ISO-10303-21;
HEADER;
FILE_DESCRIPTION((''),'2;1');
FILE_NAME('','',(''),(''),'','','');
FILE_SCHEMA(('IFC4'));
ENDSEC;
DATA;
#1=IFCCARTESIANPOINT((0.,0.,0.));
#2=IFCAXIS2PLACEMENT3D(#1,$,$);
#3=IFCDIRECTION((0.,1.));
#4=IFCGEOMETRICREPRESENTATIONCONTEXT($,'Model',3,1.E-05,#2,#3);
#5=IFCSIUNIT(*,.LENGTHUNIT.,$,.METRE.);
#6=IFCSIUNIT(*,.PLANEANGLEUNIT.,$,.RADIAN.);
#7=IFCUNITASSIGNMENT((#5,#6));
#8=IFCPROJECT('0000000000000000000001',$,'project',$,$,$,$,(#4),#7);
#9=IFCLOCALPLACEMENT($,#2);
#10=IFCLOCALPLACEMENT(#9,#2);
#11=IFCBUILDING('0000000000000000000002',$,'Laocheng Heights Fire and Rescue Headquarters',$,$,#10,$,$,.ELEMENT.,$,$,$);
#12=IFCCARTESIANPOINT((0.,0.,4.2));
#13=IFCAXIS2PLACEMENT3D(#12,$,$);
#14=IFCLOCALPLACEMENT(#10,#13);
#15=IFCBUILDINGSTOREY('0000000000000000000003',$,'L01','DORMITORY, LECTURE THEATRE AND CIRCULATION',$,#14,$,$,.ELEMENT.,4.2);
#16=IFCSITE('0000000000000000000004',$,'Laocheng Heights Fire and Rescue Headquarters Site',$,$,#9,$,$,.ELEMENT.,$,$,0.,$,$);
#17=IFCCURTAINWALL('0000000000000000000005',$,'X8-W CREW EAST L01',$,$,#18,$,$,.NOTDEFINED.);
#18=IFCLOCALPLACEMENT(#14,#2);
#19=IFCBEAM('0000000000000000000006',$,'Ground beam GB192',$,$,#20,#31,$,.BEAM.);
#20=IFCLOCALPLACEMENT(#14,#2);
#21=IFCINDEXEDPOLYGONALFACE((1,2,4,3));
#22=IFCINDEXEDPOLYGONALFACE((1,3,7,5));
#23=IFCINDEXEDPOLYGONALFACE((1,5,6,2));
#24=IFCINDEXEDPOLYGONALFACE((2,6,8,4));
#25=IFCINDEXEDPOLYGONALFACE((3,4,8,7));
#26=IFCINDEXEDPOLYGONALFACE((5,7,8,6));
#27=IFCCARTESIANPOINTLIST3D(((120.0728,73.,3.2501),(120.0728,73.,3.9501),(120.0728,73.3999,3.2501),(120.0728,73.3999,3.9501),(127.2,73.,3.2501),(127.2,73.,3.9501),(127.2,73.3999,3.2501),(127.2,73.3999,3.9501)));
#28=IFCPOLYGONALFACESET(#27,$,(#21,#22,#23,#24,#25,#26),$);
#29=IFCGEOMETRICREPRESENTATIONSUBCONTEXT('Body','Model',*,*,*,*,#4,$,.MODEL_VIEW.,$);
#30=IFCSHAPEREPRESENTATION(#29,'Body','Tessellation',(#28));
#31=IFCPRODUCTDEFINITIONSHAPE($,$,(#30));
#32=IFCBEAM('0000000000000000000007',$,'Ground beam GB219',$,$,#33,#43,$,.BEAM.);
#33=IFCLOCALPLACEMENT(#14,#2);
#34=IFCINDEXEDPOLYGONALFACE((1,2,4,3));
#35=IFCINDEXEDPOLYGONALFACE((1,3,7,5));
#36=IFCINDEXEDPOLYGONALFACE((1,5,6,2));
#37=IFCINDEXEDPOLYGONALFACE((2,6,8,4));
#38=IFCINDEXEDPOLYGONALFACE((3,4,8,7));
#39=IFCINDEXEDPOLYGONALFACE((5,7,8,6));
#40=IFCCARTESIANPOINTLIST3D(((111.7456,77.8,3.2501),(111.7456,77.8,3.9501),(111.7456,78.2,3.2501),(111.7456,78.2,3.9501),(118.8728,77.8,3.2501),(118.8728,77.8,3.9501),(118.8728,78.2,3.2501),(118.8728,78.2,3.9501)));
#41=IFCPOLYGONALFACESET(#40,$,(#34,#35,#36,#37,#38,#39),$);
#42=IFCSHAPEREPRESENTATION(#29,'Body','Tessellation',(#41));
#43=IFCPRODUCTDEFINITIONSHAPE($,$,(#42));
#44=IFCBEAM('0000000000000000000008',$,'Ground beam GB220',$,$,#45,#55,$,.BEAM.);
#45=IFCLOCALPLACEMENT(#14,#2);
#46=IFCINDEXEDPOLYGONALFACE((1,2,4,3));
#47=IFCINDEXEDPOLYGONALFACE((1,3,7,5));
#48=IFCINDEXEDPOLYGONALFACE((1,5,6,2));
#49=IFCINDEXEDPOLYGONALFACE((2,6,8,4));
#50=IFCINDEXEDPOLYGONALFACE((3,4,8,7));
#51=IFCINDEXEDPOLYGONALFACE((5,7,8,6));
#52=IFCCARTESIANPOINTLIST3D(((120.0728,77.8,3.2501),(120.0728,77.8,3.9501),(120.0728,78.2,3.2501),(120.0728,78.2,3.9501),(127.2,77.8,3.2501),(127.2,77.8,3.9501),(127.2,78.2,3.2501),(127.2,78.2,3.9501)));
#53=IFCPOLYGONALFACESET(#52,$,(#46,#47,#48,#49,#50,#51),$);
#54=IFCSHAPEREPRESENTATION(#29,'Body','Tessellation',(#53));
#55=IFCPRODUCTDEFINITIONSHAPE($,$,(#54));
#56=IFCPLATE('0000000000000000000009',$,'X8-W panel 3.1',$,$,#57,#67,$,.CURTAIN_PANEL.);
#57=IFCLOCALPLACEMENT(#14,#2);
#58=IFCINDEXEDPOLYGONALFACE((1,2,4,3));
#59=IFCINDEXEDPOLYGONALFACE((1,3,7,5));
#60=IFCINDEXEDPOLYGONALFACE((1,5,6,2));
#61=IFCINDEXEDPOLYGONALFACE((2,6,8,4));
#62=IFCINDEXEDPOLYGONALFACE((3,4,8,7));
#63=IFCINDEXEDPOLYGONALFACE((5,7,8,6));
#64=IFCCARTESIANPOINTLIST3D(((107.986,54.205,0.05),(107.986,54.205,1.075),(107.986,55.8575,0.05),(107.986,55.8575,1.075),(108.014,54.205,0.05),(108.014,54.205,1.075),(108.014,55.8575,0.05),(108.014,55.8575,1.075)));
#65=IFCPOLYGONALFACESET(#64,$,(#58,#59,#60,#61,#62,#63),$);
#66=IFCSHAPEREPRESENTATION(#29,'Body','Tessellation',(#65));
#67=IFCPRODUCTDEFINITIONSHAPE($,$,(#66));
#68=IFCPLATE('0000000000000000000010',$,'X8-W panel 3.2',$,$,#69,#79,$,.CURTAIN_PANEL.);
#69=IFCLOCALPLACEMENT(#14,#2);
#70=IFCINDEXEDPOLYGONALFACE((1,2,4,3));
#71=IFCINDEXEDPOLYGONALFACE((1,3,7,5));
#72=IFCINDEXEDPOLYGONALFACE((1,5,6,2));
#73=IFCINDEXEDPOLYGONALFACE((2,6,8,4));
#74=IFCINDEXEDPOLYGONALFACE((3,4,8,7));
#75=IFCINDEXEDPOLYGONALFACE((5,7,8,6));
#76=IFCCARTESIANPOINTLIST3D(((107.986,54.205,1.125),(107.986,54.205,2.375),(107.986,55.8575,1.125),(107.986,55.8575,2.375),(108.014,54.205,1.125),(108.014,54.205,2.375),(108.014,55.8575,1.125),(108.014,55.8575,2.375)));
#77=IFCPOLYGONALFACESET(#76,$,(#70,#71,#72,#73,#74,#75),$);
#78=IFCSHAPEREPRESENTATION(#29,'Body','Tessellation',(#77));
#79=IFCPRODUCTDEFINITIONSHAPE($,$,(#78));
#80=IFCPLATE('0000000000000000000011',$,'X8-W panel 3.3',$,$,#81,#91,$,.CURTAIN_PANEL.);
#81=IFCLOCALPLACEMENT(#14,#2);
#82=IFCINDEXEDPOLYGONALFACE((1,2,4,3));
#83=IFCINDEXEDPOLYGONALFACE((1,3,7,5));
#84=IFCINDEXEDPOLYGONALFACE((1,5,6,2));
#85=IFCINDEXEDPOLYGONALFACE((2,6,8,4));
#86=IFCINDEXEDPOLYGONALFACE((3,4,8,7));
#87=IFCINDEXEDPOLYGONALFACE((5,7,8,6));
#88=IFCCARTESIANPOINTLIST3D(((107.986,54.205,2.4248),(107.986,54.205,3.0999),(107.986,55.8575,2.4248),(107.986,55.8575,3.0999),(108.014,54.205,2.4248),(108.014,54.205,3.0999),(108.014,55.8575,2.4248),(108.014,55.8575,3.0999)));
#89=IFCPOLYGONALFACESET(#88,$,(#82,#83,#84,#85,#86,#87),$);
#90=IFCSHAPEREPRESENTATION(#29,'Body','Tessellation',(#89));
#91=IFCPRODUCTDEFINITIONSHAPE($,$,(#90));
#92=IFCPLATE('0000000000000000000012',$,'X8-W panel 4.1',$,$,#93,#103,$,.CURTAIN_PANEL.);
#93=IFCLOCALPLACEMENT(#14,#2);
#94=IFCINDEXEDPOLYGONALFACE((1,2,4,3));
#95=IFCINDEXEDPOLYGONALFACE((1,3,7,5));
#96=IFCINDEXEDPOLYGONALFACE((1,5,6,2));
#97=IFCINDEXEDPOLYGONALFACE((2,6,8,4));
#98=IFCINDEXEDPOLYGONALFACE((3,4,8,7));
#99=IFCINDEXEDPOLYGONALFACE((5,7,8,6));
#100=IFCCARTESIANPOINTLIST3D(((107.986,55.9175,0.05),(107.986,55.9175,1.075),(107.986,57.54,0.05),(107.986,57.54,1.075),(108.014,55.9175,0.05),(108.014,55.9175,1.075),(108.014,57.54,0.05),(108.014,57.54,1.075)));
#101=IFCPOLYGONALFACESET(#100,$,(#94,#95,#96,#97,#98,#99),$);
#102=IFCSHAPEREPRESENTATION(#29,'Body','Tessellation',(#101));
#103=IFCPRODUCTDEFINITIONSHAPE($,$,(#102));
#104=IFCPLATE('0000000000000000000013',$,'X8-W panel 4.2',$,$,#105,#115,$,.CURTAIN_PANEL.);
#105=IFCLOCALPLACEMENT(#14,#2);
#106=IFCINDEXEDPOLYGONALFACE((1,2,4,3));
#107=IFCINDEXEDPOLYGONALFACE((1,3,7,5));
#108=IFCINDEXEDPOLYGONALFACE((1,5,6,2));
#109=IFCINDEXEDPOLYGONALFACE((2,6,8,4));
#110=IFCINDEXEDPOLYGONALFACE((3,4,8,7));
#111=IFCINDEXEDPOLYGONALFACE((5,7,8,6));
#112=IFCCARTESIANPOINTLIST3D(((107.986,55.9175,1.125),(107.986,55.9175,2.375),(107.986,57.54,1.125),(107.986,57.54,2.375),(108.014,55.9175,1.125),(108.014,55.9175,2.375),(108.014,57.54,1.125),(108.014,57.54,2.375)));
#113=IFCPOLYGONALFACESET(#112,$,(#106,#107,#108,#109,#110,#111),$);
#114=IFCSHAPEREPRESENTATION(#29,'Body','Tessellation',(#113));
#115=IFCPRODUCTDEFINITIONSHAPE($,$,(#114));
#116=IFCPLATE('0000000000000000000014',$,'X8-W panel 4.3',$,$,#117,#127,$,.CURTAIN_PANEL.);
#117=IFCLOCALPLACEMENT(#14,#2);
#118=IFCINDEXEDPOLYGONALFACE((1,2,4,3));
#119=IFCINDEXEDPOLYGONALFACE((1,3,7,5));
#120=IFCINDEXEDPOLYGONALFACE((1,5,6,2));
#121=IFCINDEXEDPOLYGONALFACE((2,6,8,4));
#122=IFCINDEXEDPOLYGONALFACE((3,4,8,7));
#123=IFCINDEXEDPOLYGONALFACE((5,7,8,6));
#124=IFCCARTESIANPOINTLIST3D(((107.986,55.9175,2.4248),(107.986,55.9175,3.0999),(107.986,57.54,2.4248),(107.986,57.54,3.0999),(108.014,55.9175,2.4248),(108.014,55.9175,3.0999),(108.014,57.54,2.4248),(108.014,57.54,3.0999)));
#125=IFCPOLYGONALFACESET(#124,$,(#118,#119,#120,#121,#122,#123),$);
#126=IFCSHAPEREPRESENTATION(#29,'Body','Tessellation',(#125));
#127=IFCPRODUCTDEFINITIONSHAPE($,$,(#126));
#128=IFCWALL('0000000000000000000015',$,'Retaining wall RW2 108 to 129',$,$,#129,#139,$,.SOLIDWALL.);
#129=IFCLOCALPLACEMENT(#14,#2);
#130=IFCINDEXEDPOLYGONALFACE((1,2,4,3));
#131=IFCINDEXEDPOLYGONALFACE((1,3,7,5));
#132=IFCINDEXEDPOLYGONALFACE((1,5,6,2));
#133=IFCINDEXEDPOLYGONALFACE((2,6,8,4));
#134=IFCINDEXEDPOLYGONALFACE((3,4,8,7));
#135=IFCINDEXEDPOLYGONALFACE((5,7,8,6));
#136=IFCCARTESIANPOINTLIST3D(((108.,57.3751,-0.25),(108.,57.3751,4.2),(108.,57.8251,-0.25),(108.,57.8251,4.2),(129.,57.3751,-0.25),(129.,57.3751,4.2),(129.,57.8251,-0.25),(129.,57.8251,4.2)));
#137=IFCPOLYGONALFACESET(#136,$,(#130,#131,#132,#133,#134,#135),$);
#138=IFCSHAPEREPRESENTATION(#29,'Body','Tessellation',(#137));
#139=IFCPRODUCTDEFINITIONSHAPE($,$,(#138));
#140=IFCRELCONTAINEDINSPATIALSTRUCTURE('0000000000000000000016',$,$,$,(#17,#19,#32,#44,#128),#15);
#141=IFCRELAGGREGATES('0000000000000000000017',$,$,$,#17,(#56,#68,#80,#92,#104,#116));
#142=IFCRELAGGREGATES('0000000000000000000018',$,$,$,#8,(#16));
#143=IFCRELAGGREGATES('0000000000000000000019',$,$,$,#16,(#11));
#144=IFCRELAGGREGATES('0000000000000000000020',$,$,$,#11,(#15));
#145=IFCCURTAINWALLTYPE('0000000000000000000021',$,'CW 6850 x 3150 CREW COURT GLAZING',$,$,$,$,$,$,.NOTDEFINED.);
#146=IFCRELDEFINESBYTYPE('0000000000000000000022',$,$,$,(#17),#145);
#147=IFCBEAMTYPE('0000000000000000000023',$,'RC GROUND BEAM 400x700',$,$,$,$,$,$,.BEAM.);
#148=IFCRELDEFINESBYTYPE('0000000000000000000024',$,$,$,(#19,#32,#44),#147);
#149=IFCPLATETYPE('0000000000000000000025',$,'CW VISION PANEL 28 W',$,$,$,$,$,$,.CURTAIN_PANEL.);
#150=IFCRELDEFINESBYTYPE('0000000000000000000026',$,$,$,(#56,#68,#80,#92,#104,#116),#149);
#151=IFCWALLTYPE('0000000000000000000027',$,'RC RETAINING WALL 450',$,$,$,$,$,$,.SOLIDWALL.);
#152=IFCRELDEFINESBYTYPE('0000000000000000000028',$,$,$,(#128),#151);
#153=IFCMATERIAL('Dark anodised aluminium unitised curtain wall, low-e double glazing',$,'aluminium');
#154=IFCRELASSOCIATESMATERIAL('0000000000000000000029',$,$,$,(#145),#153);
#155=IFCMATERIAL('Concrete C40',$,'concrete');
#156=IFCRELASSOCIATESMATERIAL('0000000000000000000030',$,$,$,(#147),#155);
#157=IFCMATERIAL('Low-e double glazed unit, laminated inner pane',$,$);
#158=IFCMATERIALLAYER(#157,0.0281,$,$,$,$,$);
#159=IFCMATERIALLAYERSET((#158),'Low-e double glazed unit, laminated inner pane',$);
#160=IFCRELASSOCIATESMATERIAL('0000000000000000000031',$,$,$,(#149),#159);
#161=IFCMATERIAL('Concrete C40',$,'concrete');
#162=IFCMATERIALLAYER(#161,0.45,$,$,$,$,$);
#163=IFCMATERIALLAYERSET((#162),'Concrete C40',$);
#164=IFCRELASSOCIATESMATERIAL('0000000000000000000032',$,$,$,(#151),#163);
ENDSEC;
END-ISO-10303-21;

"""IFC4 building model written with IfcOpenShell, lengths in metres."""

from ifc_helpers import new_model, si_unit, direction, frame, frame_2d, origin, origin_2d, place, context, subcontext, project, spatial, rectangle, extrude, material, layer, layer_set, material_profile, profile_set, type_object, element, aggregate, save


model = new_model("IFC4")

# Units and contexts
model_context = context("Model", 3, precision=1e-05, world=origin(), true_north=direction((0.0, 1.0)))
body_context = subcontext(model_context, "Body", "Model", "MODEL_VIEW")
ifc_project = project(units=[si_unit("LENGTHUNIT", "METRE"), si_unit("PLANEANGLEUNIT", "RADIAN")], contexts=[model_context])

# Site, building, storey
site_placement = place(None, origin())
site = spatial("IfcSite", under=ifc_project, at=site_placement, Name="Laocheng Heights Fire and Rescue Headquarters Site", CompositionType="ELEMENT", RefElevation=0.0)
building_placement = place(site_placement, origin())
building = spatial("IfcBuilding", under=site, at=building_placement, Name="Laocheng Heights Fire and Rescue Headquarters", CompositionType="ELEMENT")
storey_placement = place(building_placement, frame((0.0, 0.0, 4.2)))
storey = spatial("IfcBuildingStorey", under=building, at=storey_placement, Name="L01", Description="DORMITORY, LECTURE THEATRE AND CIRCULATION", CompositionType="ELEMENT", Elevation=4.2)

# Curtain wall
ifc_material_1 = material(Name="Dark anodised aluminium unitised curtain wall, low-e double glazing", Category="aluminium")
curtain_wall_type = type_object("IfcCurtainWallType", Name="CW 6850 x 3150 CREW COURT GLAZING", PredefinedType="NOTDEFINED", material=ifc_material_1)
curtain_wall_placement = place(storey_placement, origin())
curtain_wall = element("IfcCurtainWall", 1, at=curtain_wall_placement, inside=storey, type_object=curtain_wall_type, Name="X8-W CREW EAST L01", PredefinedType="NOTDEFINED")

# Beams
ifc_material_2 = material(Name="Concrete C40", Category="concrete")
ifc_material_profile_1 = material_profile(ifc_material_2, rectangle(XDim=0.3999, YDim=0.7, at=origin_2d()), Name="RC GROUND BEAM 400x700")
ifc_profile_set_1 = profile_set([ifc_material_profile_1], Name="Concrete C40")
beam_type_1 = type_object("IfcBeamType", Name="RC GROUND BEAM 400x700", PredefinedType="BEAM", material=ifc_profile_set_1)
for number, where, z_axis, x_axis, name in (
    (2, (120.0728, 73.2, 3.6001), (1.0, 0.0, 0.0), (0.0, 1.0, 0.0), "Ground beam GB192"),
    (3, (111.7456, 78.0, 3.6001), (1.0, 0.0, 0.0), (0.0, 1.0, 0.0), "Ground beam GB219"),
    (4, (120.0728, 78.0, 3.6001), (1.0, 0.0, 0.0), (0.0, 1.0, 0.0), "Ground beam GB220"),
):
    element("IfcBeam", number, at=place(storey_placement, frame(where, z_axis=z_axis, x_axis=x_axis)), inside=storey, type_object=beam_type_1, Name=name, PredefinedType="BEAM", context=body_context, shape_type="SweptSolid", body=[
        extrude(rectangle(XDim=0.3999, YDim=0.7, at=origin_2d()), origin(), (0.0, 0.0, 1.0), 7.1272),
    ])

# Plates
ifc_material_3 = material(Name="Low-e double glazed unit, laminated inner pane")
ifc_layer_1 = layer(ifc_material_3, 0.0281)
ifc_layer_set_1 = layer_set([ifc_layer_1], Name="Low-e double glazed unit, laminated inner pane")
plate_type = type_object("IfcPlateType", Name="CW VISION PANEL 28 W", PredefinedType="CURTAIN_PANEL", material=ifc_layer_set_1)
plate_1_placement = place(storey_placement, frame((108.0, 55.0312, 0.05), z_axis=(0.0, 0.0, 1.0), x_axis=(0.0, 1.0, 0.0)))
plate_1 = element("IfcPlate", 5, at=plate_1_placement, type_object=plate_type, Name="X8-W panel 3.1", PredefinedType="CURTAIN_PANEL", context=body_context, shape_type="SweptSolid", body=[
    extrude(rectangle(XDim=1.6526, YDim=0.0281, at=origin_2d()), origin(), (0.0, 0.0, 1.0), 1.0249),
])
plate_2_placement = place(storey_placement, frame((108.0, 55.0312, 1.125), z_axis=(0.0, 0.0, 1.0), x_axis=(0.0, 1.0, 0.0)))
plate_2 = element("IfcPlate", 6, at=plate_2_placement, type_object=plate_type, Name="X8-W panel 3.2", PredefinedType="CURTAIN_PANEL", context=body_context, shape_type="SweptSolid", body=[
    extrude(rectangle(XDim=1.6526, YDim=0.0281, at=origin_2d()), origin(), (0.0, 0.0, 1.0), 1.25),
])
plate_3_placement = place(storey_placement, frame((108.0, 55.0312, 2.4248), z_axis=(0.0, 0.0, 1.0), x_axis=(0.0, 1.0, 0.0)))
plate_3 = element("IfcPlate", 7, at=plate_3_placement, type_object=plate_type, Name="X8-W panel 3.3", PredefinedType="CURTAIN_PANEL", context=body_context, shape_type="SweptSolid", body=[
    extrude(rectangle(XDim=1.6526, YDim=0.0281, at=origin_2d()), origin(), (0.0, 0.0, 1.0), 0.675),
])
plate_4_placement = place(storey_placement, frame((108.0, 56.7288, 0.05), z_axis=(0.0, 0.0, 1.0), x_axis=(0.0, 1.0, 0.0)))
plate_4 = element("IfcPlate", 8, at=plate_4_placement, type_object=plate_type, Name="X8-W panel 4.1", PredefinedType="CURTAIN_PANEL", context=body_context, shape_type="SweptSolid", body=[
    extrude(rectangle(XDim=1.6226, YDim=0.0281, at=origin_2d()), origin(), (0.0, 0.0, 1.0), 1.0249),
])
plate_5_placement = place(storey_placement, frame((108.0, 56.7288, 1.125), z_axis=(0.0, 0.0, 1.0), x_axis=(0.0, 1.0, 0.0)))
plate_5 = element("IfcPlate", 9, at=plate_5_placement, type_object=plate_type, Name="X8-W panel 4.2", PredefinedType="CURTAIN_PANEL", context=body_context, shape_type="SweptSolid", body=[
    extrude(rectangle(XDim=1.6226, YDim=0.0281, at=origin_2d()), origin(), (0.0, 0.0, 1.0), 1.25),
])
plate_6_placement = place(storey_placement, frame((108.0, 56.7288, 2.4248), z_axis=(0.0, 0.0, 1.0), x_axis=(0.0, 1.0, 0.0)))
plate_6 = element("IfcPlate", 10, at=plate_6_placement, type_object=plate_type, Name="X8-W panel 4.3", PredefinedType="CURTAIN_PANEL", context=body_context, shape_type="SweptSolid", body=[
    extrude(rectangle(XDim=1.6226, YDim=0.0281, at=origin_2d()), origin(), (0.0, 0.0, 1.0), 0.675),
])
aggregate(curtain_wall, [plate_1, plate_2, plate_3, plate_4, plate_5, plate_6])

# Wall
ifc_material_4 = material(Name="Concrete C40", Category="concrete")
ifc_layer_2 = layer(ifc_material_4, 0.45)
ifc_layer_set_2 = layer_set([ifc_layer_2], Name="Concrete C40")
wall_type = type_object("IfcWallType", Name="RC RETAINING WALL 450", PredefinedType="SOLIDWALL", material=ifc_layer_set_2)
wall_placement = place(storey_placement, frame((108.0, 57.6001, -0.25), z_axis=(0.0, 0.0, 1.0), x_axis=(1.0, 0.0, 0.0)))
element("IfcWall", 11, at=wall_placement, inside=storey, type_object=wall_type, Name="Retaining wall RW2 108 to 129", PredefinedType="SOLIDWALL", context=body_context, shape_type="SweptSolid", body=[
    extrude(rectangle(XDim=21.0, YDim=0.45, at=frame_2d((10.5, 0.0))), origin(), (0.0, 0.0, 1.0), 4.45),
])

save(model, "model.ifc")
